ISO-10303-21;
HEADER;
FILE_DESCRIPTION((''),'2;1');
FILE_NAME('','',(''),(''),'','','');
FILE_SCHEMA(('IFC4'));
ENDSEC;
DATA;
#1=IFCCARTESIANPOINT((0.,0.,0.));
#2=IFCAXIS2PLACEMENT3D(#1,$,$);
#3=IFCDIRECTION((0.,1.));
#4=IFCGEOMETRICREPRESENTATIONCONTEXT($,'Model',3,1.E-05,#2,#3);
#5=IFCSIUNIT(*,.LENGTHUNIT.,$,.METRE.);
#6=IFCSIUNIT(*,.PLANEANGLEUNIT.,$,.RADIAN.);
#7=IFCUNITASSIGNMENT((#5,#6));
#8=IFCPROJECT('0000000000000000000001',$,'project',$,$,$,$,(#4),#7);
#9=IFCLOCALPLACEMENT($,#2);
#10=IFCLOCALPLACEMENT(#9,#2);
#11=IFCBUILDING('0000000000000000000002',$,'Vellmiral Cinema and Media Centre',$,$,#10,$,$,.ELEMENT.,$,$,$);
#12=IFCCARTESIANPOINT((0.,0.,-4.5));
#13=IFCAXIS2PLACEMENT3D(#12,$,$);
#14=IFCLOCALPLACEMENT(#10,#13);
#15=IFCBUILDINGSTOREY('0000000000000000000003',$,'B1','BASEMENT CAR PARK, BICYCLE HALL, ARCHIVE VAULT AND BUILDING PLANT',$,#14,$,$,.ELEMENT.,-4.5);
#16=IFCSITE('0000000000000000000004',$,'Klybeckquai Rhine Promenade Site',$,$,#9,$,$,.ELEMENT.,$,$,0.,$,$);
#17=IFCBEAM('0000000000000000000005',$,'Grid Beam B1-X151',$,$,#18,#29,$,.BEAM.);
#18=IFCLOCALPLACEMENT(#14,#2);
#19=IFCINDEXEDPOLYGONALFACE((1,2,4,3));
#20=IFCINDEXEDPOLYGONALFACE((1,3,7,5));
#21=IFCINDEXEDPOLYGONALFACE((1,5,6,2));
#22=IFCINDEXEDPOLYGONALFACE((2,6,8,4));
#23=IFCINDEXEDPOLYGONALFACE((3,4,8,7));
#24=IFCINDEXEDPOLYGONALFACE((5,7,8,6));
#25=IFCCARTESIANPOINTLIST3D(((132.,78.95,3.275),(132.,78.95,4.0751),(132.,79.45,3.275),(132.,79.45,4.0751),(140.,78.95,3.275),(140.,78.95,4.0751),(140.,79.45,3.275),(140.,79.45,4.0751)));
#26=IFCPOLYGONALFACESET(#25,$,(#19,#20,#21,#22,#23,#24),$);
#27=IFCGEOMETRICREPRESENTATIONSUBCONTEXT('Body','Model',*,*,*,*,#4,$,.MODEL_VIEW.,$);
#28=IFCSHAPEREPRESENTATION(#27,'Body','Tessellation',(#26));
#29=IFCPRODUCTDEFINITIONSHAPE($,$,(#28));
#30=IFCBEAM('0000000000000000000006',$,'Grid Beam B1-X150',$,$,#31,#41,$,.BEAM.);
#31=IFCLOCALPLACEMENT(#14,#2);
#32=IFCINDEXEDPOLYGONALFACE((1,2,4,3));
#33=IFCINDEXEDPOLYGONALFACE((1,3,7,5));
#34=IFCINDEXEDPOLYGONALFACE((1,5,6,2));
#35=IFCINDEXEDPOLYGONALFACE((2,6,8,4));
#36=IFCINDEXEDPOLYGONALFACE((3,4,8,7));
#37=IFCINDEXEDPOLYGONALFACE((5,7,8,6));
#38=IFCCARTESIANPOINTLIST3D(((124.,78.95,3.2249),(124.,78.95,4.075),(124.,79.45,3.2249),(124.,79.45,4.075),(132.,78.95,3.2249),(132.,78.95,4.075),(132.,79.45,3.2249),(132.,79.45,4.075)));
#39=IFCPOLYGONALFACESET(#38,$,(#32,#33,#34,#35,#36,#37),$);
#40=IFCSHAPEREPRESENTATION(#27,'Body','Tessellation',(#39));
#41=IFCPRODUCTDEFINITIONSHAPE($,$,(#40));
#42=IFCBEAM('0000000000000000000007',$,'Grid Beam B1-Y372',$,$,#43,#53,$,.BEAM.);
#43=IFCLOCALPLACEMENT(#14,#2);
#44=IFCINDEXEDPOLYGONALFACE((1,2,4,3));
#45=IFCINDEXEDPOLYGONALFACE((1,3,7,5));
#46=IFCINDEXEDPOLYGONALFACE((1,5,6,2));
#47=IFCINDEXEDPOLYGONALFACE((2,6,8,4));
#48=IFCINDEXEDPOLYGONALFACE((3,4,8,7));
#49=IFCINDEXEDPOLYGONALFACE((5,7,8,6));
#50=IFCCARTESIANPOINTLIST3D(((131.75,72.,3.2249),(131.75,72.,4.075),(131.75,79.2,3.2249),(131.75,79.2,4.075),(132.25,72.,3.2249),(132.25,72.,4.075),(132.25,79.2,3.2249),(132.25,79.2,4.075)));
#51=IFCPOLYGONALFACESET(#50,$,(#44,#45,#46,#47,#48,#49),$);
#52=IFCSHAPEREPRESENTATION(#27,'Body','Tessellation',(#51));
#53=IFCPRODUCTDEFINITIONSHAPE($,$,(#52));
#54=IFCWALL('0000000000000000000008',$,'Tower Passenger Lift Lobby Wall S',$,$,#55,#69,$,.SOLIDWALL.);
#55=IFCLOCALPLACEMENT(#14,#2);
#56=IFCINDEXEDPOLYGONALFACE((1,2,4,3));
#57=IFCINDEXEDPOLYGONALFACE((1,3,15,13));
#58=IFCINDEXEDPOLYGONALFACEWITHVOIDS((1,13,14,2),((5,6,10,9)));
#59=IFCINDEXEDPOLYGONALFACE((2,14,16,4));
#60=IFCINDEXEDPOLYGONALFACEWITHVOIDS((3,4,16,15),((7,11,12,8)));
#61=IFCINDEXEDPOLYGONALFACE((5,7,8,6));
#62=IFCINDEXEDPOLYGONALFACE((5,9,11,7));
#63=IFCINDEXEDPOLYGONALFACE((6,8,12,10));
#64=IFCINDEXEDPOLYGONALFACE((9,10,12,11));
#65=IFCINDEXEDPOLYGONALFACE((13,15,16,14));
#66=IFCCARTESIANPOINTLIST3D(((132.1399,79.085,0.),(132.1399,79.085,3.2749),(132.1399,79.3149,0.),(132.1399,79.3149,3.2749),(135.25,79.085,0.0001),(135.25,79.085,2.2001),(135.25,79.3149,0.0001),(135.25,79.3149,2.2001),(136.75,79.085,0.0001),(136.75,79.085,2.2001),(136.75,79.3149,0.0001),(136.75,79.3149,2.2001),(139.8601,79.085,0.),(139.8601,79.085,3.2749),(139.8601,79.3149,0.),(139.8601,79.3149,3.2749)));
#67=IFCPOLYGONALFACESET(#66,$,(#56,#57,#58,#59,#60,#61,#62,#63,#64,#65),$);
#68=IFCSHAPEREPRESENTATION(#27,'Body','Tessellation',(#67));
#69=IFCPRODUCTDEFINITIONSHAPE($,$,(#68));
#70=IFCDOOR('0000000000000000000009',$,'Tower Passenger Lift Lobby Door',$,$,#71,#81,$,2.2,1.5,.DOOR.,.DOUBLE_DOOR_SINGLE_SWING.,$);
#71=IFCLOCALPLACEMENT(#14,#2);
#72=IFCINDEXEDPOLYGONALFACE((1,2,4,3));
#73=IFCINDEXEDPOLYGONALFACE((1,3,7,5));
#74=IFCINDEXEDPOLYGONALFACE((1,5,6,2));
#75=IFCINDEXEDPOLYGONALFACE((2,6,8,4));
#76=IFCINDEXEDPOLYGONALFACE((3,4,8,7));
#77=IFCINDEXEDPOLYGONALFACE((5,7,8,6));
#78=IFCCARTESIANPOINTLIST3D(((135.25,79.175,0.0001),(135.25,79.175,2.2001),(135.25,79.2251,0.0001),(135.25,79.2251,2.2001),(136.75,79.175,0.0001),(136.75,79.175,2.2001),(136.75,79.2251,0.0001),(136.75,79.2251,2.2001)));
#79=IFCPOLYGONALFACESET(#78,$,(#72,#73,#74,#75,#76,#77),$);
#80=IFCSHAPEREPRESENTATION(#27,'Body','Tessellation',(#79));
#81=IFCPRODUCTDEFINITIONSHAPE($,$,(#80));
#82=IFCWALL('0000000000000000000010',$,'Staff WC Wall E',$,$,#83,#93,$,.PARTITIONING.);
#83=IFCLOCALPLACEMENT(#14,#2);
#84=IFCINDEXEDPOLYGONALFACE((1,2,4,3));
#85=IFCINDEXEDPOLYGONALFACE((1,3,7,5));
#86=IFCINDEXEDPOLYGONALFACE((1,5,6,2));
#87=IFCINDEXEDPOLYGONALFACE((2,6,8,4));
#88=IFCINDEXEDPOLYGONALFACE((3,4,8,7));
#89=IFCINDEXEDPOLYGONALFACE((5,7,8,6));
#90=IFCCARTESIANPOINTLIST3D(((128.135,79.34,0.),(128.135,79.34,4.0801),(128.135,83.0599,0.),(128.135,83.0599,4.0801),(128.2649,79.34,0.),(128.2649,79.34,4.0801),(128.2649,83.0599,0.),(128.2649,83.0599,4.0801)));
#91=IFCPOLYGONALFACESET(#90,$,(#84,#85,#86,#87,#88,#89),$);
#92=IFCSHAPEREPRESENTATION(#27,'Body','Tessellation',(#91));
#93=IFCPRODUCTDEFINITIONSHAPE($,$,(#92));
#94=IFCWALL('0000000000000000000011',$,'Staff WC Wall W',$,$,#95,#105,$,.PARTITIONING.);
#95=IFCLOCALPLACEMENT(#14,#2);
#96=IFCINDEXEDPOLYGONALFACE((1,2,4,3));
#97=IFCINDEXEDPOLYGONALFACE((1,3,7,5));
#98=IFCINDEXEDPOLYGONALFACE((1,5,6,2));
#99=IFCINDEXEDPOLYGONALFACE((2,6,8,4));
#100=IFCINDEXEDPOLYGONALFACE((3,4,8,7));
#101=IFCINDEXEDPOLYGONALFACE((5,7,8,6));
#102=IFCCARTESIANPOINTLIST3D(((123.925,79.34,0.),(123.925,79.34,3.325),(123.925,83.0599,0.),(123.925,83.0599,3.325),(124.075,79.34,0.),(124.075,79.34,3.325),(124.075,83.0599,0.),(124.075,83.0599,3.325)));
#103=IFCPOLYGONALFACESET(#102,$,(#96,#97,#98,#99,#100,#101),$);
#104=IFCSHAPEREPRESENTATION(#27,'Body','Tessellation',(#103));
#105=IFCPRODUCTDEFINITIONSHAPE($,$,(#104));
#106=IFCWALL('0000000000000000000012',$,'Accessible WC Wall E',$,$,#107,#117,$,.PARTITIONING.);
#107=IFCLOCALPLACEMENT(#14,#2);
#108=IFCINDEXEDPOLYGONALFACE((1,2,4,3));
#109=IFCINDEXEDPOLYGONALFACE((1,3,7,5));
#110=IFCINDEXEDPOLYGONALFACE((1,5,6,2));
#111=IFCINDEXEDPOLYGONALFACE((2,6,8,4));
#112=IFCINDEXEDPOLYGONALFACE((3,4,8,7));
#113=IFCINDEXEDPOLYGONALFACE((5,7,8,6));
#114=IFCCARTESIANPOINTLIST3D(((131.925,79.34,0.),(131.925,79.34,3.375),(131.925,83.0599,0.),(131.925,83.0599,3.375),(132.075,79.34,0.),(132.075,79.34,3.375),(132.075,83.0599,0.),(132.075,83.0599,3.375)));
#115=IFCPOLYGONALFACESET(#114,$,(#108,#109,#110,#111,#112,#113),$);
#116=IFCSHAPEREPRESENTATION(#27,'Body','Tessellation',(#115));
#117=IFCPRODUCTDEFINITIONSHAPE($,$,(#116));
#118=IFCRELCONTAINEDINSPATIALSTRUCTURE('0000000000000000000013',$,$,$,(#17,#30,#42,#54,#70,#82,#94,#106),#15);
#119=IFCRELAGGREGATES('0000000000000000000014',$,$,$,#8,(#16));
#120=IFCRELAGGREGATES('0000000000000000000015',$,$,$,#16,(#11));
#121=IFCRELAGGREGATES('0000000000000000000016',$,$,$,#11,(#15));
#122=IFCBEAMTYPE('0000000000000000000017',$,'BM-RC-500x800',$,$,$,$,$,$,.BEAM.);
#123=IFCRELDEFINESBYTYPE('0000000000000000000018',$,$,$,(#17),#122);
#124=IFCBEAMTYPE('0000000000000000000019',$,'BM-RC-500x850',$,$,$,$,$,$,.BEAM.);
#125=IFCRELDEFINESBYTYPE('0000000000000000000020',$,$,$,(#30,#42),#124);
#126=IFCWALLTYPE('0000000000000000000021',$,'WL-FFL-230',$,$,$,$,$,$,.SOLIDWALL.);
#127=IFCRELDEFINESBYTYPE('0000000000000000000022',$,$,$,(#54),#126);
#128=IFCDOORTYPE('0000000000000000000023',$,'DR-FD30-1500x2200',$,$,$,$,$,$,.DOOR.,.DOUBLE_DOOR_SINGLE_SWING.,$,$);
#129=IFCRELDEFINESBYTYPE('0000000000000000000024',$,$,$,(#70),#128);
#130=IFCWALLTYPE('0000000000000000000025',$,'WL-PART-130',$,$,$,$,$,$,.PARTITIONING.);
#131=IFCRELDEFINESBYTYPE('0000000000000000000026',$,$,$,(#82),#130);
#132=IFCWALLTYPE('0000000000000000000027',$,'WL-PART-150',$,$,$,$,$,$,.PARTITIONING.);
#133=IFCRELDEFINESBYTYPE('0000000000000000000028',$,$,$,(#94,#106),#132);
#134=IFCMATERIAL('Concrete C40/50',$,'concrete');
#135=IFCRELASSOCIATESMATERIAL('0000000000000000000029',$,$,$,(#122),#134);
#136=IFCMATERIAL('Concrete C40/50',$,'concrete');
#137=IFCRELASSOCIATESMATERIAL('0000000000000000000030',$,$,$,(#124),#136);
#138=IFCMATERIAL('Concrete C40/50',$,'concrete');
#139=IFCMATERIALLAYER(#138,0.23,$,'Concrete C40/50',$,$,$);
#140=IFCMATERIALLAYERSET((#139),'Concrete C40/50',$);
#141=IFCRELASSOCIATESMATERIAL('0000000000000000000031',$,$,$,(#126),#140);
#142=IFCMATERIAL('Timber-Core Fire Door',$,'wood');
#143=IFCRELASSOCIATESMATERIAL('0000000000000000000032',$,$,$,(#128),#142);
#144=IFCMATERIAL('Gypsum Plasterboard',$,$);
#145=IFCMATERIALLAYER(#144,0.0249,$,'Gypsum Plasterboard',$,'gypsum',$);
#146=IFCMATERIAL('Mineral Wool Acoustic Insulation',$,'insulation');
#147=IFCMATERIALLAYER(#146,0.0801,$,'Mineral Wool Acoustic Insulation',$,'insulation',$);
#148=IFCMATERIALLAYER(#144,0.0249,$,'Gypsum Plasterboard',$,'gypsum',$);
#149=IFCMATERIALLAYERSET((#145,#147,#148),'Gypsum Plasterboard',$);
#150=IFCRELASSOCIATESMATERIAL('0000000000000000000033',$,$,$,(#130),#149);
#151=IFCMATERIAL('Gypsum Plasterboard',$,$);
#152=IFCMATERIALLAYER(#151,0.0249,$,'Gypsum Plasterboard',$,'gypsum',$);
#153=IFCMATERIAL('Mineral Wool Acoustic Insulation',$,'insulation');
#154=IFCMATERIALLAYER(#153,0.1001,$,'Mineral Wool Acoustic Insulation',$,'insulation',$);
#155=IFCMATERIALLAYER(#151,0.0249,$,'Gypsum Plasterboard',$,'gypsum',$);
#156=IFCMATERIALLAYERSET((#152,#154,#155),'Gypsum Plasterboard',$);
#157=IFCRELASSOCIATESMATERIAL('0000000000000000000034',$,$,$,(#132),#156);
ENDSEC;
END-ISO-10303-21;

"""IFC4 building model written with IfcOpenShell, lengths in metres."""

from ifc_helpers import new_model, si_unit, direction, frame, frame_2d, origin, origin_2d, place, context, subcontext, project, spatial, rectangle, extrude, material, layer, layer_set, material_profile, profile_set, type_object, element, fill, save


model = new_model("IFC4")

# Units and contexts
model_context = context("Model", 3, precision=1e-05, world=origin(), true_north=direction((0.0, 1.0)))
body_context = subcontext(model_context, "Body", "Model", "MODEL_VIEW")
ifc_project = project(units=[si_unit("LENGTHUNIT", "METRE"), si_unit("PLANEANGLEUNIT", "RADIAN")], contexts=[model_context])

# Site, building, storey
site_placement = place(None, origin())
site = spatial("IfcSite", under=ifc_project, at=site_placement, Name="Klybeckquai Rhine Promenade Site", CompositionType="ELEMENT", RefElevation=0.0)
building_placement = place(site_placement, origin())
building = spatial("IfcBuilding", under=site, at=building_placement, Name="Vellmiral Cinema and Media Centre", CompositionType="ELEMENT")
storey_placement = place(building_placement, frame((0.0, 0.0, -4.5)))
storey = spatial("IfcBuildingStorey", under=building, at=storey_placement, Name="B1", Description="BASEMENT CAR PARK, BICYCLE HALL, ARCHIVE VAULT AND BUILDING PLANT", CompositionType="ELEMENT", Elevation=-4.5)

# Beams
ifc_material_1 = material(Name="Concrete C40/50", Category="concrete")
ifc_material_profile_1 = material_profile(ifc_material_1, rectangle(XDim=0.5, YDim=0.8, at=origin_2d()), Name="RC 500x800")
ifc_profile_set_1 = profile_set([ifc_material_profile_1], Name="Concrete C40/50")
beam_type_1 = type_object("IfcBeamType", Name="BM-RC-500x800", PredefinedType="BEAM", material=ifc_profile_set_1)
beam_1_placement = place(storey_placement, frame((132.0, 79.2, 3.675), z_axis=(1.0, 0.0, 0.0), x_axis=(0.0, 1.0, 0.0)))
element("IfcBeam", 1, at=beam_1_placement, inside=storey, type_object=beam_type_1, Name="Grid Beam B1-X151", PredefinedType="BEAM", context=body_context, shape_type="SweptSolid", body=[
    extrude(rectangle(XDim=0.5, YDim=0.8, at=origin_2d()), origin(), (0.0, 0.0, 1.0), 8.0),
])
ifc_material_2 = material(Name="Concrete C40/50", Category="concrete")
ifc_material_profile_2 = material_profile(ifc_material_2, rectangle(XDim=0.5, YDim=0.8501, at=origin_2d()), Name="RC 500x850")
ifc_profile_set_2 = profile_set([ifc_material_profile_2], Name="Concrete C40/50")
beam_type_2 = type_object("IfcBeamType", Name="BM-RC-500x850", PredefinedType="BEAM", material=ifc_profile_set_2)
beam_2_placement = place(storey_placement, frame((124.0, 79.2, 3.6499), z_axis=(1.0, 0.0, 0.0), x_axis=(0.0, 1.0, 0.0)))
element("IfcBeam", 2, at=beam_2_placement, inside=storey, type_object=beam_type_2, Name="Grid Beam B1-X150", PredefinedType="BEAM", context=body_context, shape_type="SweptSolid", body=[
    extrude(rectangle(XDim=0.5, YDim=0.8501, at=origin_2d()), origin(), (0.0, 0.0, 1.0), 8.0),
])
beam_3_placement = place(storey_placement, frame((132.0, 72.0, 3.6499), z_axis=(0.0, 1.0, 0.0), x_axis=(-1.0, 0.0, 0.0)))
element("IfcBeam", 3, at=beam_3_placement, inside=storey, type_object=beam_type_2, Name="Grid Beam B1-Y372", PredefinedType="BEAM", context=body_context, shape_type="SweptSolid", body=[
    extrude(rectangle(XDim=0.5, YDim=0.8501, at=origin_2d()), origin(), (0.0, 0.0, 1.0), 7.2),
])

# Wall, opening, door
ifc_material_3 = material(Name="Concrete C40/50", Category="concrete")
ifc_layer_1 = layer(ifc_material_3, 0.23, Name="Concrete C40/50")
ifc_layer_set_1 = layer_set([ifc_layer_1], Name="Concrete C40/50")
wall_type_1 = type_object("IfcWallType", Name="WL-FFL-230", PredefinedType="SOLIDWALL", material=ifc_layer_set_1)
wall_1_placement = place(storey_placement, frame((132.1399, 79.2, 0.0), z_axis=(0.0, 0.0, 1.0), x_axis=(1.0, 0.0, 0.0)))
wall_1 = element("IfcWall", 4, at=wall_1_placement, inside=storey, type_object=wall_type_1, Name="Tower Passenger Lift Lobby Wall S", PredefinedType="SOLIDWALL", context=body_context, shape_type="SweptSolid", body=[
    extrude(rectangle(XDim=7.7202, YDim=0.23, at=frame_2d((3.8601, 0.0))), origin(), (0.0, 0.0, 1.0), 3.2749),
])
opening_1_placement = place(wall_1_placement, frame((3.1101, 0.0, 0.0)))
opening_1 = element("IfcOpeningElement", 5, at=opening_1_placement, cuts=wall_1, PredefinedType="OPENING", context=body_context, shape_type="SweptSolid", body=[
    extrude(rectangle(XDim=1.5, YDim=2.2, at=frame_2d((0.75, 1.1001))), frame((0.0, 0.127, 0.0), z_axis=(0.0, -1.0, 0.0), x_axis=(1.0, 0.0, 0.0)), (0.0, 0.0, 1.0), 0.2539),
])
ifc_material_4 = material(Name="Timber-Core Fire Door", Category="wood")
door_type_1 = type_object("IfcDoorType", Name="DR-FD30-1500x2200", OperationType="DOUBLE_DOOR_SINGLE_SWING", PredefinedType="DOOR", material=ifc_material_4)
door_1_placement = place(opening_1_placement, frame((1.5, 0.0, 0.0), z_axis=(0.0, 0.0, 1.0), x_axis=(-1.0, 0.0, 0.0)))
door_1 = element("IfcDoor", 6, at=door_1_placement, inside=storey, type_object=door_type_1, Name="Tower Passenger Lift Lobby Door", OperationType="DOUBLE_DOOR_SINGLE_SWING", OverallHeight=2.2, OverallWidth=1.5, PredefinedType="DOOR", context=body_context, shape_type="SweptSolid", body=[
    extrude(rectangle(XDim=1.5, YDim=2.2, at=frame_2d((0.75, 1.1001))), frame((0.0, 0.0249, 0.0), z_axis=(0.0, -1.0, 0.0), x_axis=(1.0, 0.0, 0.0)), (0.0, 0.0, 1.0), 0.05),
])
fill(opening_1, door_1)

# Walls
ifc_material_5 = material(Name="Gypsum Plasterboard")
ifc_layer_2 = layer(ifc_material_5, 0.0249, Name="Gypsum Plasterboard", Category="gypsum")
ifc_material_6 = material(Name="Mineral Wool Acoustic Insulation", Category="insulation")
ifc_layer_3 = layer(ifc_material_6, 0.0801, Name="Mineral Wool Acoustic Insulation", Category="insulation")
ifc_layer_4 = layer(ifc_material_5, 0.0249, Name="Gypsum Plasterboard", Category="gypsum")
ifc_layer_set_2 = layer_set([ifc_layer_2, ifc_layer_3, ifc_layer_4], Name="Gypsum Plasterboard")
wall_type_2 = type_object("IfcWallType", Name="WL-PART-130", PredefinedType="PARTITIONING", material=ifc_layer_set_2)
wall_2_placement = place(storey_placement, frame((128.2, 79.3401, 0.0), z_axis=(0.0, 0.0, 1.0), x_axis=(0.0, 1.0, 0.0)))
element("IfcWall", 7, at=wall_2_placement, inside=storey, type_object=wall_type_2, Name="Staff WC Wall E", PredefinedType="PARTITIONING", context=body_context, shape_type="SweptSolid", body=[
    extrude(rectangle(XDim=3.72, YDim=0.1299, at=frame_2d((1.8599, 0.0))), origin(), (0.0, 0.0, 1.0), 4.0801),
])
ifc_material_7 = material(Name="Gypsum Plasterboard")
ifc_layer_5 = layer(ifc_material_7, 0.0249, Name="Gypsum Plasterboard", Category="gypsum")
ifc_material_8 = material(Name="Mineral Wool Acoustic Insulation", Category="insulation")
ifc_layer_6 = layer(ifc_material_8, 0.1001, Name="Mineral Wool Acoustic Insulation", Category="insulation")
ifc_layer_7 = layer(ifc_material_7, 0.0249, Name="Gypsum Plasterboard", Category="gypsum")
ifc_layer_set_3 = layer_set([ifc_layer_5, ifc_layer_6, ifc_layer_7], Name="Gypsum Plasterboard")
wall_type_3 = type_object("IfcWallType", Name="WL-PART-150", PredefinedType="PARTITIONING", material=ifc_layer_set_3)
wall_3_placement = place(storey_placement, frame((124.0, 79.3401, 0.0), z_axis=(0.0, 0.0, 1.0), x_axis=(0.0, 1.0, 0.0)))
element("IfcWall", 8, at=wall_3_placement, inside=storey, type_object=wall_type_3, Name="Staff WC Wall W", PredefinedType="PARTITIONING", context=body_context, shape_type="SweptSolid", body=[
    extrude(rectangle(XDim=3.72, YDim=0.1499, at=frame_2d((1.8599, 0.0))), origin(), (0.0, 0.0, 1.0), 3.325),
])
wall_4_placement = place(storey_placement, frame((132.0, 79.3401, 0.0), z_axis=(0.0, 0.0, 1.0), x_axis=(0.0, 1.0, 0.0)))
element("IfcWall", 9, at=wall_4_placement, inside=storey, type_object=wall_type_3, Name="Accessible WC Wall E", PredefinedType="PARTITIONING", context=body_context, shape_type="SweptSolid", body=[
    extrude(rectangle(XDim=3.72, YDim=0.1499, at=frame_2d((1.8599, 0.0))), origin(), (0.0, 0.0, 1.0), 3.375),
])

save(model, "model.ifc")
